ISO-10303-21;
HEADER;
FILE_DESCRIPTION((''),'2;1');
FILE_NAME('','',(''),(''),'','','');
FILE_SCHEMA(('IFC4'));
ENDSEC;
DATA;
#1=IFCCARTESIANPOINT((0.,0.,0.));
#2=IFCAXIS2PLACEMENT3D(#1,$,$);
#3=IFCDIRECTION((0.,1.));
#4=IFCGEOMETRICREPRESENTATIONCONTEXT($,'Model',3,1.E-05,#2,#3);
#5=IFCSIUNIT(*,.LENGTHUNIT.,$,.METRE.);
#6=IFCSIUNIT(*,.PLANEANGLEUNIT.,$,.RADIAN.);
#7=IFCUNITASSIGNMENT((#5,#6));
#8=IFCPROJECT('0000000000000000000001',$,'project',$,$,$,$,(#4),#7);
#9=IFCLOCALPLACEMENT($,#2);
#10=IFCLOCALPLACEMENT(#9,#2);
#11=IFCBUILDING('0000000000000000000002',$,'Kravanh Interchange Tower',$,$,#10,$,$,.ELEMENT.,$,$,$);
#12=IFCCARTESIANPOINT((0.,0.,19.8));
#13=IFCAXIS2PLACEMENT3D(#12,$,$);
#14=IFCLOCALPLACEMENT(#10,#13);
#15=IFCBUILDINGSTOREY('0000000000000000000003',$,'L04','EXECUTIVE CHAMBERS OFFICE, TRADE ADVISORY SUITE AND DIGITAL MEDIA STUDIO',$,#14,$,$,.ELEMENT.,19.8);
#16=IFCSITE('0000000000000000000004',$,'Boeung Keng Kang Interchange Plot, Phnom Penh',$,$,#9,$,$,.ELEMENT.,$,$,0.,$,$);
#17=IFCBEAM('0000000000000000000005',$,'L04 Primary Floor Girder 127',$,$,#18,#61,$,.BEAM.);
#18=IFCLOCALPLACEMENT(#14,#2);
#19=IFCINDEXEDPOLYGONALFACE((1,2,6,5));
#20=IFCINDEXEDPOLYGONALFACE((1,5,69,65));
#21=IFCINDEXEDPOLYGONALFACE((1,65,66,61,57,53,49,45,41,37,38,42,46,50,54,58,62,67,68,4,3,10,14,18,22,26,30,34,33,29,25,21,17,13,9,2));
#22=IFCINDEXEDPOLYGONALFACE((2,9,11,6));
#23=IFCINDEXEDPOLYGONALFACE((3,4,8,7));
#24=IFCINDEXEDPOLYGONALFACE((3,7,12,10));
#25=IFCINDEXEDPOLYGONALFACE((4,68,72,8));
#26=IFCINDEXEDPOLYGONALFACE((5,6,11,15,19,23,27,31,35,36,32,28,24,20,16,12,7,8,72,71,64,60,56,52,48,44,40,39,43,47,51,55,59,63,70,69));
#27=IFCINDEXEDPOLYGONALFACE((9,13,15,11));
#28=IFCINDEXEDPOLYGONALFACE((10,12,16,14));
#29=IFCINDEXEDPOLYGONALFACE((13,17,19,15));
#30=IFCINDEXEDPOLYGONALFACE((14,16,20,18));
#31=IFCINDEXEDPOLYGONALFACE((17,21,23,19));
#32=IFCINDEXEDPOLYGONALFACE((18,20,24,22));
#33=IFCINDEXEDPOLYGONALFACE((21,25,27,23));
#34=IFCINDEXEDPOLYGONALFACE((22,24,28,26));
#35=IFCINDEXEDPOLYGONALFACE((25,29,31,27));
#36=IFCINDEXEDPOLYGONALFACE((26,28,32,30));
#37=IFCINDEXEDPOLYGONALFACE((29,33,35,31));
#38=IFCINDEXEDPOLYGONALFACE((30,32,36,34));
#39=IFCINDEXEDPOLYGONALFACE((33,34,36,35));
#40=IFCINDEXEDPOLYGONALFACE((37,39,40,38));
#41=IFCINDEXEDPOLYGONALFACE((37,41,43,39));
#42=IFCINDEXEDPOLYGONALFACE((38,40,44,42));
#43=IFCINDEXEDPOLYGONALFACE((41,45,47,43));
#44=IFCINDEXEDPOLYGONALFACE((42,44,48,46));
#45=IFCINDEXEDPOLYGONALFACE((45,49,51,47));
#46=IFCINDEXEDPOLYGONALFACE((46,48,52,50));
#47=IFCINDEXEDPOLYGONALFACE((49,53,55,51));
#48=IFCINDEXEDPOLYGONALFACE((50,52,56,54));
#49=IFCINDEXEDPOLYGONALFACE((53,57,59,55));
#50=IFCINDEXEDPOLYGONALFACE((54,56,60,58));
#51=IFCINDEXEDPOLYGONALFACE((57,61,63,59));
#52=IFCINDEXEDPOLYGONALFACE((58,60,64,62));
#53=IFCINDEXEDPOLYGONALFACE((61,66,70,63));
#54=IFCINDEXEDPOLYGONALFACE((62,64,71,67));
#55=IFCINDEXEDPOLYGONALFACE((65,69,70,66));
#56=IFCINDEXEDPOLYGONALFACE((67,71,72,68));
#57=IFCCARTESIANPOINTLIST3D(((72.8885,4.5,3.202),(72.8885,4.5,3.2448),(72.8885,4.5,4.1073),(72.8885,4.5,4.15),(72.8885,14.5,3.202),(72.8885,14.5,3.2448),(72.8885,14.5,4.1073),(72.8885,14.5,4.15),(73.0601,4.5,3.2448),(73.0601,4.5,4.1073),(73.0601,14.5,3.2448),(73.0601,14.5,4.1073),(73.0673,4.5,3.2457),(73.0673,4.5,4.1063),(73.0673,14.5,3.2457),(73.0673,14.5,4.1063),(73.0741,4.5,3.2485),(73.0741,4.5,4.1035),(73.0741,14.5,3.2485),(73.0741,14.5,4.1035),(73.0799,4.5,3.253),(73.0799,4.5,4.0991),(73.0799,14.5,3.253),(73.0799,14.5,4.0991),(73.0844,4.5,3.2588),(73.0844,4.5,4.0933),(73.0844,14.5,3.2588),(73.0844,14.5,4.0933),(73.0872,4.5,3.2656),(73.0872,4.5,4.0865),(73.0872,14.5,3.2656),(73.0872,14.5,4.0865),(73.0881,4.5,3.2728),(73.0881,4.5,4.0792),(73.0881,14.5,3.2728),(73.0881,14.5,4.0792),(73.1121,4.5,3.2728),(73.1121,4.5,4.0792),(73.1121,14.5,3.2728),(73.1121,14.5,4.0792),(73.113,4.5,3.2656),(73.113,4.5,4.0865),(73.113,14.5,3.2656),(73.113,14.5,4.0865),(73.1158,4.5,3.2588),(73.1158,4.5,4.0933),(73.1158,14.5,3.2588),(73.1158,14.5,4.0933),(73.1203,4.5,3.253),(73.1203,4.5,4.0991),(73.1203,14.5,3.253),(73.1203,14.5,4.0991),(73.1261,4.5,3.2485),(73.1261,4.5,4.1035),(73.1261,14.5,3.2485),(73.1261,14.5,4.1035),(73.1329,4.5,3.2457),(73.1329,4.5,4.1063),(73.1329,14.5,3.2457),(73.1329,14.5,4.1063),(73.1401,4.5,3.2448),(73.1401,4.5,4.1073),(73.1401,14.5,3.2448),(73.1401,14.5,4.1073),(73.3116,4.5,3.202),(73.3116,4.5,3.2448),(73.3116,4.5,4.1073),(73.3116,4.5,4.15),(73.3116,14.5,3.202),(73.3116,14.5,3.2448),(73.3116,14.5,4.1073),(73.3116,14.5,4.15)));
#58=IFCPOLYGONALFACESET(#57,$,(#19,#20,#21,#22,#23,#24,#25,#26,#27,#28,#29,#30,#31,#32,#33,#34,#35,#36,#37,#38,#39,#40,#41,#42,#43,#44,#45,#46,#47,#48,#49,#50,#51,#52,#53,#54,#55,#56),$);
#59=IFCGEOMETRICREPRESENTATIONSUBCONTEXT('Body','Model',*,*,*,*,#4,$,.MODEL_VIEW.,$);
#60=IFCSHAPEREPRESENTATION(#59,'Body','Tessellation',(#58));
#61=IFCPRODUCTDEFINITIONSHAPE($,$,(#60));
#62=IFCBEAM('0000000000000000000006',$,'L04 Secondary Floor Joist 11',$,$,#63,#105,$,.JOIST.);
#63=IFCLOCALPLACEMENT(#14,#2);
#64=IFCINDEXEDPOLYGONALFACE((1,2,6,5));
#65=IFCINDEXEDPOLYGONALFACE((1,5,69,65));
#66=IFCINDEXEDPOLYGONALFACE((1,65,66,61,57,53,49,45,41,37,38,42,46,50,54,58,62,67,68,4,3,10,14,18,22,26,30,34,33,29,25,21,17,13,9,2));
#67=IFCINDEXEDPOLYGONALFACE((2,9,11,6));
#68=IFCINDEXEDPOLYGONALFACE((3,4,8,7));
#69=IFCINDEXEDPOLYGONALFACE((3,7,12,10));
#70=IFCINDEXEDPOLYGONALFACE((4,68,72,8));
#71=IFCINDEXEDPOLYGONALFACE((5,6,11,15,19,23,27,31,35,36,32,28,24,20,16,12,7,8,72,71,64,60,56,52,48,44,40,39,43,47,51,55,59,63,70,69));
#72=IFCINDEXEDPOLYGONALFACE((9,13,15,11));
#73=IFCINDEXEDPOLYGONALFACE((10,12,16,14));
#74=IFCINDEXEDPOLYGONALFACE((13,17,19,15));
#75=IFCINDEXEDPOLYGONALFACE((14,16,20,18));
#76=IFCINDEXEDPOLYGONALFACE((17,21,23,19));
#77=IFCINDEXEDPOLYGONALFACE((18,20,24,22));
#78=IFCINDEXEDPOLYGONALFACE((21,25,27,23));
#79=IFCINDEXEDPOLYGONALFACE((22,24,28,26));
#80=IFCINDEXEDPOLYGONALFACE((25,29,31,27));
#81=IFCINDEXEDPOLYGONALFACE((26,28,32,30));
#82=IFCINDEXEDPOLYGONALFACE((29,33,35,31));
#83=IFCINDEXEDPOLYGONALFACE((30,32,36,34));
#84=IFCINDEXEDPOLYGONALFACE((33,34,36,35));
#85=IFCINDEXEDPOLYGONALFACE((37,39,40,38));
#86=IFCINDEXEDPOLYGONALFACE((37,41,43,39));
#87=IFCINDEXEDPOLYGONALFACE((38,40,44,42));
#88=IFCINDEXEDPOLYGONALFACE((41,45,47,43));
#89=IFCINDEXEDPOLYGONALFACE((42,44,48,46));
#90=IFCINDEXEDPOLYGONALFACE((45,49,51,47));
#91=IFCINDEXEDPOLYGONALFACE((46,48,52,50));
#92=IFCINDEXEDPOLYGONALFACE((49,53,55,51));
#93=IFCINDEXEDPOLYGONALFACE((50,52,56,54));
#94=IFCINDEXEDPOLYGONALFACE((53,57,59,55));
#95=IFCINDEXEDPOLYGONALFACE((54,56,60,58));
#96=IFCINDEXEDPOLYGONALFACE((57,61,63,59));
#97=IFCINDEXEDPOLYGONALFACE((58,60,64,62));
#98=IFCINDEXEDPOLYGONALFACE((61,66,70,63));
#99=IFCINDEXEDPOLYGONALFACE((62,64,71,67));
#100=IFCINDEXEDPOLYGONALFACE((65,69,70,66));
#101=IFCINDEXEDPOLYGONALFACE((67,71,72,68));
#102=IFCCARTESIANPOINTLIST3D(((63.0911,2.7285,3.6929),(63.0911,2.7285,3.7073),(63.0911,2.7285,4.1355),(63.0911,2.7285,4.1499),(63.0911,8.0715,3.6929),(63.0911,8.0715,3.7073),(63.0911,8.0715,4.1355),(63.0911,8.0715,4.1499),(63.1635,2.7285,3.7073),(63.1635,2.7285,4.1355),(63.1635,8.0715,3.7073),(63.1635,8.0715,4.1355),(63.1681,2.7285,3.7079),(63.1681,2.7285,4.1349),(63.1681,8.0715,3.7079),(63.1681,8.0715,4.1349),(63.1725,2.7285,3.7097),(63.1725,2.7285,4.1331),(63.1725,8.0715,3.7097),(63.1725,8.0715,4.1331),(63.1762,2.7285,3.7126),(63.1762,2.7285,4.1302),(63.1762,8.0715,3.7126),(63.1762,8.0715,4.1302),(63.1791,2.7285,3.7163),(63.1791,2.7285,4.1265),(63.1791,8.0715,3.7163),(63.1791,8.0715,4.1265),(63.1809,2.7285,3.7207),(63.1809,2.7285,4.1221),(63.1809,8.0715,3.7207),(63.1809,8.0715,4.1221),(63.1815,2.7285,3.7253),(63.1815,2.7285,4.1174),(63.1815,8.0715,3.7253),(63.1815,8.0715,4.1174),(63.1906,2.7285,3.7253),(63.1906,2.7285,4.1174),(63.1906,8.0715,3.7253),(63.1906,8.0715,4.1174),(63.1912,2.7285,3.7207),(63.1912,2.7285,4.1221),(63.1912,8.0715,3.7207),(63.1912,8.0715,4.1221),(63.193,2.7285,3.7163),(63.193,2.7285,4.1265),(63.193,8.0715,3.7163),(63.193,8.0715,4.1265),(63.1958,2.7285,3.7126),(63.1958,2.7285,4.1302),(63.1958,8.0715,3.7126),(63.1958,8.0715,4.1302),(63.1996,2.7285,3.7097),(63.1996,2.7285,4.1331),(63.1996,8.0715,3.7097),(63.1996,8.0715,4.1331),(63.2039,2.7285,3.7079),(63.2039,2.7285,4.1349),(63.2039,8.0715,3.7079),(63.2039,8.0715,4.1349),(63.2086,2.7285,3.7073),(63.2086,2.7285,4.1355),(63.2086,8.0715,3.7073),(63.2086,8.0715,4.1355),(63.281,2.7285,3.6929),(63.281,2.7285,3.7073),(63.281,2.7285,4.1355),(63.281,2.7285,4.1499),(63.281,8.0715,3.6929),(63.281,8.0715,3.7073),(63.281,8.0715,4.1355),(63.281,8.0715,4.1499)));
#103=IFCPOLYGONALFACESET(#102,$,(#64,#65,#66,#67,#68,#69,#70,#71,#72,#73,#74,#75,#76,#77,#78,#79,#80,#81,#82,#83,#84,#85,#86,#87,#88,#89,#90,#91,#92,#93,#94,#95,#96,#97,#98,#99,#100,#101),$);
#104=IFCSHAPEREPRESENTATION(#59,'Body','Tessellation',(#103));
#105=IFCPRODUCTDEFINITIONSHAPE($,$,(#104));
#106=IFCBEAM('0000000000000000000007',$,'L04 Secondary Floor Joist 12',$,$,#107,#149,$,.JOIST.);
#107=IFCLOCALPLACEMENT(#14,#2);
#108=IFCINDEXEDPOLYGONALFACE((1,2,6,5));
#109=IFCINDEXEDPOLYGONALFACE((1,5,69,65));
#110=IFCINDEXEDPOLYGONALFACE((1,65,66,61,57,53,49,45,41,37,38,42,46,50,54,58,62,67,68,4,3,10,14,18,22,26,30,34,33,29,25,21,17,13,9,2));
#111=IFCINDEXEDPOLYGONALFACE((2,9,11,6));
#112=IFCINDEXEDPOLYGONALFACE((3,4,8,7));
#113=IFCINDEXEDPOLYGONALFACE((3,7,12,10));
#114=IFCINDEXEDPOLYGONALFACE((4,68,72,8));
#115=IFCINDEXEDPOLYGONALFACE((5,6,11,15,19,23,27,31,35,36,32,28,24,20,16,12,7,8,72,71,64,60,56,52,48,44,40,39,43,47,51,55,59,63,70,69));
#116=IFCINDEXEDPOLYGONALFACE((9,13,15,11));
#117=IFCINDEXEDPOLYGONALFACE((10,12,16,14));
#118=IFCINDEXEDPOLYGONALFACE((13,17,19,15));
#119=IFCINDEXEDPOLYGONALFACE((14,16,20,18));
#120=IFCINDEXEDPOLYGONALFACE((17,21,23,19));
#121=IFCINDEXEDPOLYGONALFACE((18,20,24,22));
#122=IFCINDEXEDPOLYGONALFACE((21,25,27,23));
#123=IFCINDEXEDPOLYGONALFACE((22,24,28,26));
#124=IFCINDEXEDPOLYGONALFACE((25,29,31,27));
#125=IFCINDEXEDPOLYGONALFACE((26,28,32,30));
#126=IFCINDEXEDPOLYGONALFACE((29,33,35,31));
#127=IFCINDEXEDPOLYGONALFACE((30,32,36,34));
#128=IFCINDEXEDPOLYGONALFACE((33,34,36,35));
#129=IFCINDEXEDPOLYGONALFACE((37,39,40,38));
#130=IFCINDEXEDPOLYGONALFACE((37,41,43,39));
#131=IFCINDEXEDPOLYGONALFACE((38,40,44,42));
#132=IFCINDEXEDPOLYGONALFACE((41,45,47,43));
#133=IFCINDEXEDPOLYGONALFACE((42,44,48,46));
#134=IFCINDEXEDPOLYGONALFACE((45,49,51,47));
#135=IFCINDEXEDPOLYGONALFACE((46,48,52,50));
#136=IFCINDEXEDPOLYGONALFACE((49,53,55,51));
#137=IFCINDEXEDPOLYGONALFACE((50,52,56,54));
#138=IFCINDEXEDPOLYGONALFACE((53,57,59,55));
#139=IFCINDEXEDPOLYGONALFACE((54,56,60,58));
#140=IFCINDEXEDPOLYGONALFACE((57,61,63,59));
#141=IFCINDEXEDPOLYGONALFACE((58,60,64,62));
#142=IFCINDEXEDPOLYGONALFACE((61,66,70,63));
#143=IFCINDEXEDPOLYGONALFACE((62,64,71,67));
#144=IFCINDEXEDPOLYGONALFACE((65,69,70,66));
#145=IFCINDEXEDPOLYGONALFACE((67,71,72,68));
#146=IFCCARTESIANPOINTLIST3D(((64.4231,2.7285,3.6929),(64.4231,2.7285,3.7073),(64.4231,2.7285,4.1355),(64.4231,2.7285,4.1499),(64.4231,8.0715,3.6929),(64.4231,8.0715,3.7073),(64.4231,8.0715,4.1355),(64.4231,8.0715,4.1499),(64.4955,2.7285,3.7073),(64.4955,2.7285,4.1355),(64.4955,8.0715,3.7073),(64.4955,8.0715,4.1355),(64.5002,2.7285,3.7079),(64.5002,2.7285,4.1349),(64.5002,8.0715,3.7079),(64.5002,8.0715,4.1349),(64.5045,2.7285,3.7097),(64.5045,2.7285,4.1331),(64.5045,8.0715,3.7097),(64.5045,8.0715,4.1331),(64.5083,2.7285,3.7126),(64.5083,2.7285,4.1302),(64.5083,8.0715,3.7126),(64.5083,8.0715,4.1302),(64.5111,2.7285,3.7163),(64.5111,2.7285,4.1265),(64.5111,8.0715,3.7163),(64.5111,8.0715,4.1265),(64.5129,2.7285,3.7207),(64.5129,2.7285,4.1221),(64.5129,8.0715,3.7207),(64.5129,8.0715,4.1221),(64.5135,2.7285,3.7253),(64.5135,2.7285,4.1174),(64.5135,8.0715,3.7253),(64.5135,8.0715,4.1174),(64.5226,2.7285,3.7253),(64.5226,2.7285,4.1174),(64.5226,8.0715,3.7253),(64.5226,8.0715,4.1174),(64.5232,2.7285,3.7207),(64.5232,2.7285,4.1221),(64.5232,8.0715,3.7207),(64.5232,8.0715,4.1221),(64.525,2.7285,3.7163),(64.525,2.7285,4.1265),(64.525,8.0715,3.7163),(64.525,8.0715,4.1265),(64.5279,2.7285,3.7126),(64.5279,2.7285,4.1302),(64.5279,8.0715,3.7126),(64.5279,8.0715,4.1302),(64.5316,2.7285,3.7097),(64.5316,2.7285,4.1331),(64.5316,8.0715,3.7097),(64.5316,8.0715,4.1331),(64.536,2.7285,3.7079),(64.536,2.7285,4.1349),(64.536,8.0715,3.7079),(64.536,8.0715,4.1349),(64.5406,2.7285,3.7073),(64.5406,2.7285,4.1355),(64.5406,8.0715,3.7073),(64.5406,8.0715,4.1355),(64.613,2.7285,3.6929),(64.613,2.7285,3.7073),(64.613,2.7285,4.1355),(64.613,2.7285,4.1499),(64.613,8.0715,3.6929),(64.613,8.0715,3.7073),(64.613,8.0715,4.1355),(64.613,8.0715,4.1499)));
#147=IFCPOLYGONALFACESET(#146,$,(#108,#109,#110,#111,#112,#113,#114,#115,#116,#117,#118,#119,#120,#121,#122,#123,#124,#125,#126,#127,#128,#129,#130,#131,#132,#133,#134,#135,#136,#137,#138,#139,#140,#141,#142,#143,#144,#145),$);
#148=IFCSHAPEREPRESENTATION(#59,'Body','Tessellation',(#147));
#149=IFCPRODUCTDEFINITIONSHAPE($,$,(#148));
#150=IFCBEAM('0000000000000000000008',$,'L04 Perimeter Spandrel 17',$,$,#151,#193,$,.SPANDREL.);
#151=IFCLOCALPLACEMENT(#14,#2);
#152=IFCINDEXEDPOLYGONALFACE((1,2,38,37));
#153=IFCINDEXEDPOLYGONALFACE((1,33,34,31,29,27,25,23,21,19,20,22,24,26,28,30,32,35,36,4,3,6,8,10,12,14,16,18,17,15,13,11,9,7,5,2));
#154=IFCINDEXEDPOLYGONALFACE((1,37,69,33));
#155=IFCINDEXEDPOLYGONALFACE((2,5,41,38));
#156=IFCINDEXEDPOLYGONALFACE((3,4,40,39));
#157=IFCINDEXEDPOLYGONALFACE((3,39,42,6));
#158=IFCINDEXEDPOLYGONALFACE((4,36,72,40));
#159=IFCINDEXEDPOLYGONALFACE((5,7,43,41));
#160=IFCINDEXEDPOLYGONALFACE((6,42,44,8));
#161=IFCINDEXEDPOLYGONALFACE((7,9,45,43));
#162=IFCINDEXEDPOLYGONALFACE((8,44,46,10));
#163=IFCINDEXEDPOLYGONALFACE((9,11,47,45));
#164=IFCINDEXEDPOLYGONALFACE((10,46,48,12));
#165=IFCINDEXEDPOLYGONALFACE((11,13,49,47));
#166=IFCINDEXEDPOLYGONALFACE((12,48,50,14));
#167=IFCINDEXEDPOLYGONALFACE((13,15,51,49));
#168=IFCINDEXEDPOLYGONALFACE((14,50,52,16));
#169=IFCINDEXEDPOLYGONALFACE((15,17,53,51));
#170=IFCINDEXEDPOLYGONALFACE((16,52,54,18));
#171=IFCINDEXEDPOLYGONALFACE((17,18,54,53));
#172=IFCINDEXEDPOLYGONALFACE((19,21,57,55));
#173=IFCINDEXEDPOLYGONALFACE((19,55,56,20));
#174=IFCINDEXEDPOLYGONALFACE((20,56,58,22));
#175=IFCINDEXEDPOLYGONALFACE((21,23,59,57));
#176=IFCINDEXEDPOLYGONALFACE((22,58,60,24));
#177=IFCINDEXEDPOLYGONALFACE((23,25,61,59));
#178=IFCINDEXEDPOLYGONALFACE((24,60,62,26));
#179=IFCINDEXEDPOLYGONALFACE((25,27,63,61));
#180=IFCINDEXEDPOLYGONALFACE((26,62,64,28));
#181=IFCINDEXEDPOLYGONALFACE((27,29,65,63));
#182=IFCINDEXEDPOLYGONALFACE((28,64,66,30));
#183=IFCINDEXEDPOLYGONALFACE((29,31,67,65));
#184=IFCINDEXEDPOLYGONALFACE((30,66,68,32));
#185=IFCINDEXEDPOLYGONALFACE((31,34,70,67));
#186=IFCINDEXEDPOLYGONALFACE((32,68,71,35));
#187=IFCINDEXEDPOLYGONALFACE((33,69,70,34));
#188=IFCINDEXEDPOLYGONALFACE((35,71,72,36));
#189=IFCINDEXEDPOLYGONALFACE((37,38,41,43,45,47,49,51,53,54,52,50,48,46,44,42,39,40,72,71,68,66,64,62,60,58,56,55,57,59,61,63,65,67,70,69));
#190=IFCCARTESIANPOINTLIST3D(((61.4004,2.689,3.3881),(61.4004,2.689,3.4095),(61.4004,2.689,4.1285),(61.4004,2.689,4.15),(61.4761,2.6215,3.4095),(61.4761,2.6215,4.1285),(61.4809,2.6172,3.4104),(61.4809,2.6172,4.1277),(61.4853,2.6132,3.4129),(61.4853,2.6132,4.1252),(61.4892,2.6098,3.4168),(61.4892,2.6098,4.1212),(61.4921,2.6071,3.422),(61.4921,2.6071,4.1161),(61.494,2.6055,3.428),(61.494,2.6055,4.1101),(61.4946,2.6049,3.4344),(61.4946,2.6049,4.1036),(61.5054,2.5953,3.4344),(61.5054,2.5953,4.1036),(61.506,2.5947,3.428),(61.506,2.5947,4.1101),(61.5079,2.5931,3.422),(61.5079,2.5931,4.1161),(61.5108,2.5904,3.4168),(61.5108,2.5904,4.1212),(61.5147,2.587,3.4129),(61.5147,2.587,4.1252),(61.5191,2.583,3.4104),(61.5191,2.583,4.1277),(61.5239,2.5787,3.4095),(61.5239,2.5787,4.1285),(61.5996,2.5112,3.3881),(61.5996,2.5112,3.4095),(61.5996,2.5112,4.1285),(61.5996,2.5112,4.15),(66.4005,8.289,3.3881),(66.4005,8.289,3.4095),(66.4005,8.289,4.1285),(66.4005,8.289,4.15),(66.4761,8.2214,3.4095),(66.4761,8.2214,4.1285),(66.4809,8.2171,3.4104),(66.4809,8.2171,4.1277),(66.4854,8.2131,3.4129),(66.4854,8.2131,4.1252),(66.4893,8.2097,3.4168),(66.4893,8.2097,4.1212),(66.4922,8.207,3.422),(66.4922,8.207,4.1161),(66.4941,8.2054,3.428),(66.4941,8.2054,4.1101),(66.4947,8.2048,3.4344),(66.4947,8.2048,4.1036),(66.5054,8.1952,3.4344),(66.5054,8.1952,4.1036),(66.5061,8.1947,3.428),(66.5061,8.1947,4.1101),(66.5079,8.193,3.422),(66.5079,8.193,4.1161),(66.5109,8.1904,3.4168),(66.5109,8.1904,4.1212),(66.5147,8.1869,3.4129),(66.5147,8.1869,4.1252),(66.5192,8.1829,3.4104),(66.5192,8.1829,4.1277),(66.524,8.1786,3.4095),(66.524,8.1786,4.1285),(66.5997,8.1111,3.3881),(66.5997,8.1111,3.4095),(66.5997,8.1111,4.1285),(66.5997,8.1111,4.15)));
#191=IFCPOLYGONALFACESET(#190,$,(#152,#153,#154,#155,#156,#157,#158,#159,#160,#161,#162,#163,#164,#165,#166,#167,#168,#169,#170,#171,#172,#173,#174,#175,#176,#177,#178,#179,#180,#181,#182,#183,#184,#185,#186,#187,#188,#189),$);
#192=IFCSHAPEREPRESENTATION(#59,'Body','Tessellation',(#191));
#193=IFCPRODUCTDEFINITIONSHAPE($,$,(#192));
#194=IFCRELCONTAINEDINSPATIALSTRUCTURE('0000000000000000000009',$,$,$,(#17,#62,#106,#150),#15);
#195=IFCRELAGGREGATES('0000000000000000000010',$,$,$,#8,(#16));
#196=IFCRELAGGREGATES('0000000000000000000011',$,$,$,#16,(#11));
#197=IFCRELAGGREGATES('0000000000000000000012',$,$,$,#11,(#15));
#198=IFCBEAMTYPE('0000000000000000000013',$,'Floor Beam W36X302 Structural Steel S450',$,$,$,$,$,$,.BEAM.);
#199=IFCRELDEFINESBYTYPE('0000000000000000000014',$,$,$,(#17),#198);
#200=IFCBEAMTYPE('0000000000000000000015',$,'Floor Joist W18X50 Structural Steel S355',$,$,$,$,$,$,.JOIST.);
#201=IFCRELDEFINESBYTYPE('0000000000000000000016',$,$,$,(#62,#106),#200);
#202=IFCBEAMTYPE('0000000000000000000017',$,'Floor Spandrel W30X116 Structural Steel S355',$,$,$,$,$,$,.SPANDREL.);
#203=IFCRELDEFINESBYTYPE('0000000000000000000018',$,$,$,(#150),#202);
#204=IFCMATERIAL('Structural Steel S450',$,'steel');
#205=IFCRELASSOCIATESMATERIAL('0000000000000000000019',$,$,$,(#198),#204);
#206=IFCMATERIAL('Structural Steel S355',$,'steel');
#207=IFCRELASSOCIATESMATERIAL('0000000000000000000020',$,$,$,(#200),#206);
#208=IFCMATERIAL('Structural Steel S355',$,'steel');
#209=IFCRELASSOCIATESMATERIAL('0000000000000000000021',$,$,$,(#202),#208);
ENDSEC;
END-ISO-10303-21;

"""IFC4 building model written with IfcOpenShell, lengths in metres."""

from ifc_helpers import new_model, si_unit, direction, frame, origin, origin_2d, place, context, subcontext, project, spatial, i_section, extrude, material, material_profile, profile_set, type_object, element, save


model = new_model("IFC4")

# Units and contexts
model_context = context("Model", 3, precision=1e-05, world=origin(), true_north=direction((0.0, 1.0)))
body_context = subcontext(model_context, "Body", "Model", "MODEL_VIEW")
ifc_project = project(units=[si_unit("LENGTHUNIT", "METRE"), si_unit("PLANEANGLEUNIT", "RADIAN")], contexts=[model_context])

# Site, building, storey
site_placement = place(None, origin())
site = spatial("IfcSite", under=ifc_project, at=site_placement, Name="Boeung Keng Kang Interchange Plot, Phnom Penh", CompositionType="ELEMENT", RefElevation=0.0)
building_placement = place(site_placement, origin())
building = spatial("IfcBuilding", under=site, at=building_placement, Name="Kravanh Interchange Tower", CompositionType="ELEMENT")
storey_placement = place(building_placement, frame((0.0, 0.0, 19.8)))
storey = spatial("IfcBuildingStorey", under=building, at=storey_placement, Name="L04", Description="EXECUTIVE CHAMBERS OFFICE, TRADE ADVISORY SUITE AND DIGITAL MEDIA STUDIO", CompositionType="ELEMENT", Elevation=19.8)

# Beams
ifc_material_1 = material(Name="Structural Steel S450", Category="steel")
ifc_material_profile_1 = material_profile(ifc_material_1, i_section(OverallWidth=0.4231, OverallDepth=0.948, WebThickness=0.0239, FlangeThickness=0.0427, FilletRadius=0.0281, at=origin_2d()), Name="W36X302")
ifc_profile_set_1 = profile_set([ifc_material_profile_1], Name="Structural Steel S450")
beam_type_1 = type_object("IfcBeamType", Name="Floor Beam W36X302 Structural Steel S450", PredefinedType="BEAM", material=ifc_profile_set_1)
beam_1_placement = place(storey_placement, frame((73.1001, 4.5, 3.676), z_axis=(0.0, 1.0, 0.0), x_axis=(-1.0, 0.0, 0.0)))
element("IfcBeam", 1, at=beam_1_placement, inside=storey, type_object=beam_type_1, Name="L04 Primary Floor Girder 127", PredefinedType="BEAM", context=body_context, shape_type="SweptSolid", body=[
    extrude(i_section(OverallWidth=0.4231, OverallDepth=0.948, WebThickness=0.0239, FlangeThickness=0.0427, FilletRadius=0.0281, at=origin_2d()), origin(), (0.0, 0.0, 1.0), 10.0),
])
ifc_material_2 = material(Name="Structural Steel S355", Category="steel")
ifc_material_profile_2 = material_profile(ifc_material_2, i_section(OverallWidth=0.1899, OverallDepth=0.457, WebThickness=0.009, FlangeThickness=0.0144, FilletRadius=0.0181, at=origin_2d()), Name="W18X50")
ifc_profile_set_2 = profile_set([ifc_material_profile_2], Name="Structural Steel S355")
beam_type_2 = type_object("IfcBeamType", Name="Floor Joist W18X50 Structural Steel S355", PredefinedType="JOIST", material=ifc_profile_set_2)
for number, where, z_axis, x_axis, name in (
    (2, (63.186, 2.7285, 3.9214), (0.0, 1.0, 0.0), (-1.0, 0.0, 0.0), "L04 Secondary Floor Joist 11"),
    (3, (64.5181, 2.7285, 3.9214), (0.0, 1.0, 0.0), (-1.0, 0.0, 0.0), "L04 Secondary Floor Joist 12"),
):
    element("IfcBeam", number, at=place(storey_placement, frame(where, z_axis=z_axis, x_axis=x_axis)), inside=storey, type_object=beam_type_2, Name=name, PredefinedType="JOIST", context=body_context, shape_type="SweptSolid", body=[
        extrude(i_section(OverallWidth=0.1899, OverallDepth=0.457, WebThickness=0.009, FlangeThickness=0.0144, FilletRadius=0.0181, at=origin_2d()), origin(), (0.0, 0.0, 1.0), 5.343),
    ])
ifc_material_3 = material(Name="Structural Steel S355", Category="steel")
ifc_material_profile_3 = material_profile(ifc_material_3, i_section(OverallWidth=0.2671, OverallDepth=0.762, WebThickness=0.0144, FlangeThickness=0.0215, FilletRadius=0.0249, at=origin_2d()), Name="W30X116")
ifc_profile_set_3 = profile_set([ifc_material_profile_3], Name="Structural Steel S355")
beam_type_3 = type_object("IfcBeamType", Name="Floor Spandrel W30X116 Structural Steel S355", PredefinedType="SPANDREL", material=ifc_profile_set_3)
beam_2_placement = place(storey_placement, frame((61.5, 2.6001, 3.769), z_axis=(0.666025, 0.745929, 0.0), x_axis=(-0.745929, 0.666025, 0.0)))
element("IfcBeam", 4, at=beam_2_placement, inside=storey, type_object=beam_type_3, Name="L04 Perimeter Spandrel 17", PredefinedType="SPANDREL", context=body_context, shape_type="SweptSolid", body=[
    extrude(i_section(OverallWidth=0.2671, OverallDepth=0.762, WebThickness=0.0144, FlangeThickness=0.0215, FilletRadius=0.0249, at=origin_2d()), origin(), (0.0, 0.0, 1.0), 7.5073),
])

save(model, "model.ifc")
